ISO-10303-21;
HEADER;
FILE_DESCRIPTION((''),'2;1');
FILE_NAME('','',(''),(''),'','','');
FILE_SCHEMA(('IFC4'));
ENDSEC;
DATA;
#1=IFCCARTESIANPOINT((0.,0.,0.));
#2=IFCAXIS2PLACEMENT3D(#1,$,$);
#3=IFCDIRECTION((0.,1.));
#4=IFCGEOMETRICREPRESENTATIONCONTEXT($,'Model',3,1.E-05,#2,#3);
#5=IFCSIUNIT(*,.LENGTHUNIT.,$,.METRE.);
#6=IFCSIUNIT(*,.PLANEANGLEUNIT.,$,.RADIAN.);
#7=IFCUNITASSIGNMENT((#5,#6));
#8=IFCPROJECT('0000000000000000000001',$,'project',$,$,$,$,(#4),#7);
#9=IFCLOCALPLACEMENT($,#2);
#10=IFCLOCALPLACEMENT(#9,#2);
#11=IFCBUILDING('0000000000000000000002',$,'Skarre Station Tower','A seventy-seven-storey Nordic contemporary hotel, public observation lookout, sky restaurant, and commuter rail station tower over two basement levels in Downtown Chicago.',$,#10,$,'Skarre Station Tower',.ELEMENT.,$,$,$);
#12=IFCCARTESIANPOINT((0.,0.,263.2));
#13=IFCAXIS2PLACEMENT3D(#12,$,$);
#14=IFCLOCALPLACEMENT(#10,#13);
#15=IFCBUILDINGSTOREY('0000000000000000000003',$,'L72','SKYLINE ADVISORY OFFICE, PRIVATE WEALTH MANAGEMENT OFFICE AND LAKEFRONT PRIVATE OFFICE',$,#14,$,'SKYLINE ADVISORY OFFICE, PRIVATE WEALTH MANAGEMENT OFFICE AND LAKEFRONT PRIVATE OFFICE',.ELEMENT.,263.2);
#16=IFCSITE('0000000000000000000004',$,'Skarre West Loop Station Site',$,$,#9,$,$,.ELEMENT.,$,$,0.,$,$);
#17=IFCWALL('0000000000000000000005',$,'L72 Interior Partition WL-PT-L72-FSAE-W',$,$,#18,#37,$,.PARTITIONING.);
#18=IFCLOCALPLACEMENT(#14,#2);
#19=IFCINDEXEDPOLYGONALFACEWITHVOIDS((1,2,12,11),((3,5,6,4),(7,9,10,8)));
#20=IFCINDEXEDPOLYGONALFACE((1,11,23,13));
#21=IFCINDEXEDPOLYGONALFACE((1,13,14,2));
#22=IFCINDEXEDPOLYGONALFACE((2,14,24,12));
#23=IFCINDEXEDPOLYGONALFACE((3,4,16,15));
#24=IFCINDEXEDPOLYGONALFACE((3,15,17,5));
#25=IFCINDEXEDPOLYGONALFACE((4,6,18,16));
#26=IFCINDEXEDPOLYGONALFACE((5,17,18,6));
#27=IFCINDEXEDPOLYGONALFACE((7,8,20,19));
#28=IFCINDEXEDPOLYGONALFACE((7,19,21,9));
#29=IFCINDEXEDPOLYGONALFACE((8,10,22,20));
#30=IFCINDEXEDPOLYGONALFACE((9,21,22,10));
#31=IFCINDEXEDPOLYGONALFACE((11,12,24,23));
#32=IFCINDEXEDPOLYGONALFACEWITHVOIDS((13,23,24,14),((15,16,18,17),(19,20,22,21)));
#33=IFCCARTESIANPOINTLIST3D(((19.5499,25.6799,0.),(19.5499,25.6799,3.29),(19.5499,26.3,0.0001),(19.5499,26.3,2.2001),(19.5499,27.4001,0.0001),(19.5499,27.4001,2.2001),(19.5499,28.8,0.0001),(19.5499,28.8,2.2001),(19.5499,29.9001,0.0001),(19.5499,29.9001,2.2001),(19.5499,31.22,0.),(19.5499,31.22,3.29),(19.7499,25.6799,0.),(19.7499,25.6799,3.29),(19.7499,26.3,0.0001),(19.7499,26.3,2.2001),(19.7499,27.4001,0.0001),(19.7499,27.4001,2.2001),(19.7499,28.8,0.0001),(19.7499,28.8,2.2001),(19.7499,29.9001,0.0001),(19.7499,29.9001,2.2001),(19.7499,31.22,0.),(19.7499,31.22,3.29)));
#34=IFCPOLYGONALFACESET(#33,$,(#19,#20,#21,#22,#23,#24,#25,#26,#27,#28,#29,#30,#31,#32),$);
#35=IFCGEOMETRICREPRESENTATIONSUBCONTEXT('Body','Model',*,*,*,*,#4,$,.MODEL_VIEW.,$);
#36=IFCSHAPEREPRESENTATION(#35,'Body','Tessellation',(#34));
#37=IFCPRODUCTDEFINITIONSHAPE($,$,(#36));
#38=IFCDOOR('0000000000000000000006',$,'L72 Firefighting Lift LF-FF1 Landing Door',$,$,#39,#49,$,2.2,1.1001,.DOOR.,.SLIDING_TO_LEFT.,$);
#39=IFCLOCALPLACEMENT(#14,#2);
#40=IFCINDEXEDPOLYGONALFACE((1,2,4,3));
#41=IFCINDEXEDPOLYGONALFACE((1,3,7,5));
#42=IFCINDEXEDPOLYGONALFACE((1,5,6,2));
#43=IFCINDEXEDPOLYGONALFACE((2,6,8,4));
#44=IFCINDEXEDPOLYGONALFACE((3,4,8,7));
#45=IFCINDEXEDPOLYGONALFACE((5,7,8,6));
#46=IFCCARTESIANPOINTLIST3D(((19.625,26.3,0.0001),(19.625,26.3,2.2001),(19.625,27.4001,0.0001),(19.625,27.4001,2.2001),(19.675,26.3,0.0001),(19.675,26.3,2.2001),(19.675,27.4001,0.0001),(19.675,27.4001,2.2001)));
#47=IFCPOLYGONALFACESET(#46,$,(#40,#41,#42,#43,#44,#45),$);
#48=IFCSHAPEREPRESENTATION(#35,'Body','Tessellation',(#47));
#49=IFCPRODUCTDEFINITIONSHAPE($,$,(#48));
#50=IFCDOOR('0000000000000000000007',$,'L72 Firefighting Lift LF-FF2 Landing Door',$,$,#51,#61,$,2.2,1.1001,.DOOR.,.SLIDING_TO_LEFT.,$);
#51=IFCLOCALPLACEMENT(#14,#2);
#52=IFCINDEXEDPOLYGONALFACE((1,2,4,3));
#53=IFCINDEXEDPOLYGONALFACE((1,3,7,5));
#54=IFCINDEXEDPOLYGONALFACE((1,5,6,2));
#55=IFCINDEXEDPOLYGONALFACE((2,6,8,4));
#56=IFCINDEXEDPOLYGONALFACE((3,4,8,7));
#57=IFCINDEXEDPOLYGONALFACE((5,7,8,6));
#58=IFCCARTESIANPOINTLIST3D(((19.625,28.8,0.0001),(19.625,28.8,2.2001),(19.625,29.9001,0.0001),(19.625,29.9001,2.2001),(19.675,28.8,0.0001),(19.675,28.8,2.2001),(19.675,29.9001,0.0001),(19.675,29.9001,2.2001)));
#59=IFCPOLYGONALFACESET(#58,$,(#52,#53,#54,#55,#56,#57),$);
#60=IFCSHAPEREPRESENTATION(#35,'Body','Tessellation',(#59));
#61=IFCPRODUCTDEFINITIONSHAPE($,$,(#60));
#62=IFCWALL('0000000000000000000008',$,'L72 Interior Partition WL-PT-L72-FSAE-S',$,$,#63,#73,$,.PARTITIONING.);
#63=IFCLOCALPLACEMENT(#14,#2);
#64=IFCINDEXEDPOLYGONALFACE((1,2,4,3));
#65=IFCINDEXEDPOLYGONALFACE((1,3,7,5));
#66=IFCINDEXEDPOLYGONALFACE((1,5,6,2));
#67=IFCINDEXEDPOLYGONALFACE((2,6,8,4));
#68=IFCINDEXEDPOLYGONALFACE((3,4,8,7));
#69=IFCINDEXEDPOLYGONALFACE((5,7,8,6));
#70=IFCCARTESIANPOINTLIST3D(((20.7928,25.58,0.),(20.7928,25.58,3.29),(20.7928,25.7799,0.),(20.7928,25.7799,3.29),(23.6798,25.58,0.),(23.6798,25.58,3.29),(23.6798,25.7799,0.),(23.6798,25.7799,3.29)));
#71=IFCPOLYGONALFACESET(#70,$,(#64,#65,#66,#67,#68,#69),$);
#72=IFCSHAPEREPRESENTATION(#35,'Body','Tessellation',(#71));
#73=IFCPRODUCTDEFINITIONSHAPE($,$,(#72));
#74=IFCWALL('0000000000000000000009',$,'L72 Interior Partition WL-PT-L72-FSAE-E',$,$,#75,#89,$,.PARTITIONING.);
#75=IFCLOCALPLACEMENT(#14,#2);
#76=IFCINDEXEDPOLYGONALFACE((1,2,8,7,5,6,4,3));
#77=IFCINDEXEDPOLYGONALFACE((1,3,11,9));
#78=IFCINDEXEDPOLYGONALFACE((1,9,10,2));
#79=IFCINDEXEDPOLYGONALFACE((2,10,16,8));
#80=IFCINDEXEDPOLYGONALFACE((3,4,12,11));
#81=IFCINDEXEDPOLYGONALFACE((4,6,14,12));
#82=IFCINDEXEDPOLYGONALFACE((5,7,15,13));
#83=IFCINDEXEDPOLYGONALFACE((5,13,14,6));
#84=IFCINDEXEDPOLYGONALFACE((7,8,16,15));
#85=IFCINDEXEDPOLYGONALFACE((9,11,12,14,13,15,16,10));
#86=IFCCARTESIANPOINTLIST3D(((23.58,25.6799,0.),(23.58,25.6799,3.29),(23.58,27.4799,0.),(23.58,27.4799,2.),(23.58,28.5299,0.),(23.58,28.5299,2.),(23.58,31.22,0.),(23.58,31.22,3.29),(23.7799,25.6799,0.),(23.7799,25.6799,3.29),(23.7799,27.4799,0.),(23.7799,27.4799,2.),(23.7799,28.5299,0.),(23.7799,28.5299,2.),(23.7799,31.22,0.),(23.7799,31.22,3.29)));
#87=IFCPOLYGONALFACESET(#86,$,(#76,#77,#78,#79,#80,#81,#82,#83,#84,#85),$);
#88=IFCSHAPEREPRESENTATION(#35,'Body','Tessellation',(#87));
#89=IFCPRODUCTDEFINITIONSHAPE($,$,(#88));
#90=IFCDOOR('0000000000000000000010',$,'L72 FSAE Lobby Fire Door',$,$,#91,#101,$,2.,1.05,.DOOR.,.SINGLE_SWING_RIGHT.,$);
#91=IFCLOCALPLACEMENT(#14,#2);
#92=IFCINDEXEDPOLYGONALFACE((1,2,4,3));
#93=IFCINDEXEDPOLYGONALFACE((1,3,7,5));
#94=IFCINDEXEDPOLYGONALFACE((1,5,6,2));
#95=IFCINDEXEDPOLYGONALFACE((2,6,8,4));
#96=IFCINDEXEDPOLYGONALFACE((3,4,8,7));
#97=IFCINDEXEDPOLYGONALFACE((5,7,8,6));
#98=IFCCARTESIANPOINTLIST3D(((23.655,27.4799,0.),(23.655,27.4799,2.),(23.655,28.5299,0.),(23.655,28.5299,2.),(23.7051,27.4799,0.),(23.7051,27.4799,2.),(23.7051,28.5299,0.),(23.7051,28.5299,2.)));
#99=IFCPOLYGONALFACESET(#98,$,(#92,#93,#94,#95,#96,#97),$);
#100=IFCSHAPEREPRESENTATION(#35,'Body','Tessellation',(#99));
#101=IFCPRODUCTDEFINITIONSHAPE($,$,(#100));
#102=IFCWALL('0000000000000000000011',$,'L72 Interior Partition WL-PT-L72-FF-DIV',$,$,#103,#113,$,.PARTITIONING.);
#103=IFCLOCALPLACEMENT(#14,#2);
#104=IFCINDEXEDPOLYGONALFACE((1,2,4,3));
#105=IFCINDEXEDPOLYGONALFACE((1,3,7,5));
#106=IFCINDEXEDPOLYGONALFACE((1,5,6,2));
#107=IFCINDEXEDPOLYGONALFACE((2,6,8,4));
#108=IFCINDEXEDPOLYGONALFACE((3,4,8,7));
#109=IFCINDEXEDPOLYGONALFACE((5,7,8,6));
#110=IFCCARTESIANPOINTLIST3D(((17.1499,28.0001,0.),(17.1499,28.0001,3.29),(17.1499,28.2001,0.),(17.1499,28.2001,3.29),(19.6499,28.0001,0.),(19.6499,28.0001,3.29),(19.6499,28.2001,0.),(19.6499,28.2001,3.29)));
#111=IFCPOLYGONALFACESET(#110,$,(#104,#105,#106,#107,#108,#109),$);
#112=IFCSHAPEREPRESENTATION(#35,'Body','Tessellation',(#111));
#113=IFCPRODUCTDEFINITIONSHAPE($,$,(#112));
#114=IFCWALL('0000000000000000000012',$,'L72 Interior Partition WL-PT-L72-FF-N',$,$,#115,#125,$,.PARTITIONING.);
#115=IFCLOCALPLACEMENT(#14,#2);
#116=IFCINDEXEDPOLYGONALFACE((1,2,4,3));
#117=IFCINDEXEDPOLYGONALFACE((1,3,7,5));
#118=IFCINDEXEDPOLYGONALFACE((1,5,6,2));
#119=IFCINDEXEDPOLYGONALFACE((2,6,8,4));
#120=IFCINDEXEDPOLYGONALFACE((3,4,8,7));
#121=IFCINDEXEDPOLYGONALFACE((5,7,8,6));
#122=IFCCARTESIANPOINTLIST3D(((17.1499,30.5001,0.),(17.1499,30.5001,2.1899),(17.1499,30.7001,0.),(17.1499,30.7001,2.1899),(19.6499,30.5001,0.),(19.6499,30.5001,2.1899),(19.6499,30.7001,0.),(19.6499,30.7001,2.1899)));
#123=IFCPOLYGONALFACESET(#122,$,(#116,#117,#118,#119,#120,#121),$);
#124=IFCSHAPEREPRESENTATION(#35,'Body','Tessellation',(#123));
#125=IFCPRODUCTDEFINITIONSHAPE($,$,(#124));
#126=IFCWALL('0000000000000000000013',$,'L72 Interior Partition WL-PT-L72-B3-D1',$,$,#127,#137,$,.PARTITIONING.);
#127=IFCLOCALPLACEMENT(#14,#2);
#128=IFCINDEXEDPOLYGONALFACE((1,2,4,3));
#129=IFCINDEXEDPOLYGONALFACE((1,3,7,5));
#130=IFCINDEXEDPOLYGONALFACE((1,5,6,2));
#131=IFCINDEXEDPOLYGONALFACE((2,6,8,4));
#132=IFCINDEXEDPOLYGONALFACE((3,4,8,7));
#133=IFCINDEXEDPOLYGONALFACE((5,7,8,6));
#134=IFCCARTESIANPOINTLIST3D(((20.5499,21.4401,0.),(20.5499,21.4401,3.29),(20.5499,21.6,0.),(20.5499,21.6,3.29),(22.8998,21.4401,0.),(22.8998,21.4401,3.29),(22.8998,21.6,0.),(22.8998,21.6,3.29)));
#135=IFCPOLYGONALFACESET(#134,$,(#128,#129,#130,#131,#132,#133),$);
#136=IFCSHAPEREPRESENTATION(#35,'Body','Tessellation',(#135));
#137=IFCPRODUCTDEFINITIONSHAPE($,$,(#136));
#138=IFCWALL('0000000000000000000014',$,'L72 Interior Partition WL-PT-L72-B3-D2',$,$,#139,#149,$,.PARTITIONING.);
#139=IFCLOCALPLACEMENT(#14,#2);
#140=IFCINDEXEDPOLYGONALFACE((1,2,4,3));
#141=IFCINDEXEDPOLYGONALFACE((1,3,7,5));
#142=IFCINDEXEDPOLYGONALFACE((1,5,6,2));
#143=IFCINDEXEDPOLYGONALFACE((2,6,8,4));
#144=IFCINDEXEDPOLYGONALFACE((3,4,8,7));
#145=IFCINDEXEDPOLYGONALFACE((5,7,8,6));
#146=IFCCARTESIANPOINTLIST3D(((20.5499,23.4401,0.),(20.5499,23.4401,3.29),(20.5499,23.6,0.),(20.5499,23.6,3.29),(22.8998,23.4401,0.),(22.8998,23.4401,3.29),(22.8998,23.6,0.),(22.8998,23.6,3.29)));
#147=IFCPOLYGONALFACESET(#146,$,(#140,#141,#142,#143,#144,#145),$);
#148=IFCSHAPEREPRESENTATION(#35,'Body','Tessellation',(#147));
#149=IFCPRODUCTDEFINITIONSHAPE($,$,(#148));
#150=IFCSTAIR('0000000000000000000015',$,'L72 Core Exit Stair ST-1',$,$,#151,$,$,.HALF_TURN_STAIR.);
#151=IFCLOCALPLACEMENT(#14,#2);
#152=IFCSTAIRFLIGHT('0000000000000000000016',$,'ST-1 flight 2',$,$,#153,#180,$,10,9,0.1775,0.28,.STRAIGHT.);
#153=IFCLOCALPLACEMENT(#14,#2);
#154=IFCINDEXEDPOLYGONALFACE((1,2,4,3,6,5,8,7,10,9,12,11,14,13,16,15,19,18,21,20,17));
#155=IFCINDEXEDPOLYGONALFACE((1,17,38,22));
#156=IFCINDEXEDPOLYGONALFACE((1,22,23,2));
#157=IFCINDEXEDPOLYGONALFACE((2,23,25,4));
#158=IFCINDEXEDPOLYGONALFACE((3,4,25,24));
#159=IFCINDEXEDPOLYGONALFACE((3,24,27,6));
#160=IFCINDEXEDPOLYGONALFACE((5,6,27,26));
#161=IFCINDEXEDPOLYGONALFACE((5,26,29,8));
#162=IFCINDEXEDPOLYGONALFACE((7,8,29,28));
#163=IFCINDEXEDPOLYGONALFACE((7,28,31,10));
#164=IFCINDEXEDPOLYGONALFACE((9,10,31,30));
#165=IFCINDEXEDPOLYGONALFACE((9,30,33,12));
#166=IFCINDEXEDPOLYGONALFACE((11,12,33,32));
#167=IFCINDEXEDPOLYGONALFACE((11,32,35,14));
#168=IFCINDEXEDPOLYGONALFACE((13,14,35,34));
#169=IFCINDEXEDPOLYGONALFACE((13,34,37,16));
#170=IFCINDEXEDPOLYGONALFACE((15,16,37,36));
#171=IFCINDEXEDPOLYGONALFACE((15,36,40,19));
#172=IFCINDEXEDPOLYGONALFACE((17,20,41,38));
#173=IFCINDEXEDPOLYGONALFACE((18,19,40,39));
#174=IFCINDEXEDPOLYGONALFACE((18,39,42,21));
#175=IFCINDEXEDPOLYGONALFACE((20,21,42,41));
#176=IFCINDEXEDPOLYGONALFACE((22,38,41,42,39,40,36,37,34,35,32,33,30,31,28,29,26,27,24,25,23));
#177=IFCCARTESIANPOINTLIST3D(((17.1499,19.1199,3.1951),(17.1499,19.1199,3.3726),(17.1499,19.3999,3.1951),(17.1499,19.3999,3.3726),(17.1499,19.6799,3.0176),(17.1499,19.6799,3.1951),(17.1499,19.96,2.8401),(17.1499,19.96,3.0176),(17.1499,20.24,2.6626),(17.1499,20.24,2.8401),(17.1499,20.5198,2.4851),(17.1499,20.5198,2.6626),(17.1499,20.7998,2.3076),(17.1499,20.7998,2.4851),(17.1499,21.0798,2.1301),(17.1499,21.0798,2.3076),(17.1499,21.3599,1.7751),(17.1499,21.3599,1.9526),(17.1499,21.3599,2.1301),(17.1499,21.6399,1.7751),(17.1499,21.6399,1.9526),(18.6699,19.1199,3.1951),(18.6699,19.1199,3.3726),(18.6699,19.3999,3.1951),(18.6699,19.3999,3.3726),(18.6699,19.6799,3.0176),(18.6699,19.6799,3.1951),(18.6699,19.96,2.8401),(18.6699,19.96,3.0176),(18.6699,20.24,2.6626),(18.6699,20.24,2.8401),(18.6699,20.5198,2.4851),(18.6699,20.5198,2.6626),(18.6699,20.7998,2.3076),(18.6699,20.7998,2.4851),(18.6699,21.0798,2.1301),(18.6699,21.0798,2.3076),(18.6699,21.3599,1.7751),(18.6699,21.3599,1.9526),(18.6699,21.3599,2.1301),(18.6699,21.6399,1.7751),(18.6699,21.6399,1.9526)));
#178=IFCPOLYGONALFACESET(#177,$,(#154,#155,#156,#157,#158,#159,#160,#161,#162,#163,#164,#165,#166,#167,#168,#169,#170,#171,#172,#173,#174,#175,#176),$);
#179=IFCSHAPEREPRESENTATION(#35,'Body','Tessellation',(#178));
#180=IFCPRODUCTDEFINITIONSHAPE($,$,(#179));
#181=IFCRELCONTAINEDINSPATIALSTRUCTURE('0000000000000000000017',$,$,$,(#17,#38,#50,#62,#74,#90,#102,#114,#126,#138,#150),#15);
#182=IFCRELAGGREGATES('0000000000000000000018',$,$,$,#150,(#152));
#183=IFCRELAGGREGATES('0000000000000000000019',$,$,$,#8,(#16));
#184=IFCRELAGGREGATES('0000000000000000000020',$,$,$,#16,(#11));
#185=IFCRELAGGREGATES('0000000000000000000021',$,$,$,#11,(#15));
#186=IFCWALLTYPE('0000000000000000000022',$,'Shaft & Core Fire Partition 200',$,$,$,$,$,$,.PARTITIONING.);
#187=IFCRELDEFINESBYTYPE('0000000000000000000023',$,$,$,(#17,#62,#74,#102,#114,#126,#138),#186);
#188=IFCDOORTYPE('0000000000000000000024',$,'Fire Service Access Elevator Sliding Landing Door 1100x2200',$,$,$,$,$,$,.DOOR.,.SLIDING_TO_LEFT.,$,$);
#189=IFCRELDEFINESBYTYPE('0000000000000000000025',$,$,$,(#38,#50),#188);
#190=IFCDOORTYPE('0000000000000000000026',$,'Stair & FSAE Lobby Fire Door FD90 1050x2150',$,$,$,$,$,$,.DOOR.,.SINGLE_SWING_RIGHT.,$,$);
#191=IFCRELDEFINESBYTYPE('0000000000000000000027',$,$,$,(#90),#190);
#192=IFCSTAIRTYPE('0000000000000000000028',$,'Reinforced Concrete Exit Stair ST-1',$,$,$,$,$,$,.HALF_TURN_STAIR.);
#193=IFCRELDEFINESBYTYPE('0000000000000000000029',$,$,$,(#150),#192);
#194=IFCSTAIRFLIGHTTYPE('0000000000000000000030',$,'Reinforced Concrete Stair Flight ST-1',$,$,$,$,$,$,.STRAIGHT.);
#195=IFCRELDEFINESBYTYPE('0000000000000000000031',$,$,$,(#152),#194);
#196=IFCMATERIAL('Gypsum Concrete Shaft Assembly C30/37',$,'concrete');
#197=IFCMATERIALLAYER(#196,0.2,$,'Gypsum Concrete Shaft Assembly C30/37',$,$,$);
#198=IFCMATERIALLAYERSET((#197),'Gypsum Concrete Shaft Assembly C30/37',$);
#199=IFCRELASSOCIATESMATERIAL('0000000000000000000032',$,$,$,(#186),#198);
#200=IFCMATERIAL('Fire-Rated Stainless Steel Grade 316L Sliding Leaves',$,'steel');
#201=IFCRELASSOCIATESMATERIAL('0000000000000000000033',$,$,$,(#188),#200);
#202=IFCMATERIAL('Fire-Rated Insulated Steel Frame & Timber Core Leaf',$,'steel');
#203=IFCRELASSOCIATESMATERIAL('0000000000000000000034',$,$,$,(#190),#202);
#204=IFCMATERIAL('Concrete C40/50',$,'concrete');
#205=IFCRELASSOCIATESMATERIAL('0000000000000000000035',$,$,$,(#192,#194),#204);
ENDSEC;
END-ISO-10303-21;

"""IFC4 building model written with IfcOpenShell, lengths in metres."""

from ifc_helpers import new_model, si_unit, direction, frame, frame_2d, origin, place, context, subcontext, project, spatial, polyline, rectangle, outline, extrude, material, layer, layer_set, type_object, element, fill, aggregate, save


model = new_model("IFC4")

# Units and contexts
model_context = context("Model", 3, precision=1e-05, world=origin(), true_north=direction((0.0, 1.0)))
body_context = subcontext(model_context, "Body", "Model", "MODEL_VIEW")
ifc_project = project(units=[si_unit("LENGTHUNIT", "METRE"), si_unit("PLANEANGLEUNIT", "RADIAN")], contexts=[model_context])

# Site, building, storey
site_placement = place(None, origin())
site = spatial("IfcSite", under=ifc_project, at=site_placement, Name="Skarre West Loop Station Site", CompositionType="ELEMENT", RefElevation=0.0)
building_placement = place(site_placement, origin())
building = spatial("IfcBuilding", under=site, at=building_placement, Name="Skarre Station Tower", Description="A seventy-seven-storey Nordic contemporary hotel, public observation lookout, sky restaurant, and commuter rail station tower over two basement levels in Downtown Chicago.", LongName="Skarre Station Tower", CompositionType="ELEMENT")
storey_placement = place(building_placement, frame((0.0, 0.0, 263.2)))
storey = spatial("IfcBuildingStorey", under=building, at=storey_placement, Name="L72", Description="SKYLINE ADVISORY OFFICE, PRIVATE WEALTH MANAGEMENT OFFICE AND LAKEFRONT PRIVATE OFFICE", LongName="SKYLINE ADVISORY OFFICE, PRIVATE WEALTH MANAGEMENT OFFICE AND LAKEFRONT PRIVATE OFFICE", CompositionType="ELEMENT", Elevation=263.2)

# Wall, openings, doors
ifc_material_1 = material(Name="Gypsum Concrete Shaft Assembly C30/37", Category="concrete")
ifc_layer_1 = layer(ifc_material_1, 0.2, Name="Gypsum Concrete Shaft Assembly C30/37")
ifc_layer_set_1 = layer_set([ifc_layer_1], Name="Gypsum Concrete Shaft Assembly C30/37")
wall_type_1 = type_object("IfcWallType", Name="Shaft & Core Fire Partition 200", PredefinedType="PARTITIONING", material=ifc_layer_set_1)
wall_1_placement = place(storey_placement, frame((19.6499, 25.6799, 0.0), z_axis=(0.0, 0.0, 1.0), x_axis=(0.0, 1.0, 0.0)))
wall_1 = element("IfcWall", 1, at=wall_1_placement, inside=storey, type_object=wall_type_1, Name="L72 Interior Partition WL-PT-L72-FSAE-W", PredefinedType="PARTITIONING", context=body_context, shape_type="SweptSolid", body=[
    extrude(rectangle(XDim=5.54, YDim=0.2, at=frame_2d((2.77, 0.0))), origin(), (0.0, 0.0, 1.0), 3.29),
])
opening_1_placement = place(wall_1_placement, frame((0.6201, 0.0, 0.0)))
opening_1 = element("IfcOpeningElement", 2, at=opening_1_placement, cuts=wall_1, PredefinedType="OPENING", context=body_context, shape_type="SweptSolid", body=[
    extrude(rectangle(XDim=1.1001, YDim=2.2, at=frame_2d((0.55, 1.1001))), frame((0.0, 0.1099, 0.0), z_axis=(0.0, -1.0, 0.0), x_axis=(1.0, 0.0, 0.0)), (0.0, 0.0, 1.0), 0.22),
])
opening_2_placement = place(wall_1_placement, frame((3.1201, 0.0, 0.0)))
opening_2 = element("IfcOpeningElement", 3, at=opening_2_placement, cuts=wall_1, PredefinedType="OPENING", context=body_context, shape_type="SweptSolid", body=[
    extrude(rectangle(XDim=1.1001, YDim=2.2, at=frame_2d((0.55, 1.1001))), frame((0.0, 0.1099, 0.0), z_axis=(0.0, -1.0, 0.0), x_axis=(1.0, 0.0, 0.0)), (0.0, 0.0, 1.0), 0.22),
])
ifc_material_2 = material(Name="Fire-Rated Stainless Steel Grade 316L Sliding Leaves", Category="steel")
door_type_1 = type_object("IfcDoorType", Name="Fire Service Access Elevator Sliding Landing Door 1100x2200", OperationType="SLIDING_TO_LEFT", PredefinedType="DOOR", material=ifc_material_2)
door_1_placement = place(opening_1_placement, origin())
door_1 = element("IfcDoor", 4, at=door_1_placement, inside=storey, type_object=door_type_1, Name="L72 Firefighting Lift LF-FF1 Landing Door", OperationType="SLIDING_TO_LEFT", OverallHeight=2.2, OverallWidth=1.1001, PredefinedType="DOOR", context=body_context, shape_type="SweptSolid", body=[
    extrude(rectangle(XDim=1.1001, YDim=2.2, at=frame_2d((0.55, 1.1001))), frame((0.0, 0.0249, 0.0), z_axis=(0.0, -1.0, 0.0), x_axis=(1.0, 0.0, 0.0)), (0.0, 0.0, 1.0), 0.05),
])
fill(opening_1, door_1)
door_2_placement = place(opening_2_placement, origin())
door_2 = element("IfcDoor", 5, at=door_2_placement, inside=storey, type_object=door_type_1, Name="L72 Firefighting Lift LF-FF2 Landing Door", OperationType="SLIDING_TO_LEFT", OverallHeight=2.2, OverallWidth=1.1001, PredefinedType="DOOR", context=body_context, shape_type="SweptSolid", body=[
    extrude(rectangle(XDim=1.1001, YDim=2.2, at=frame_2d((0.55, 1.1001))), frame((0.0, 0.0249, 0.0), z_axis=(0.0, -1.0, 0.0), x_axis=(1.0, 0.0, 0.0)), (0.0, 0.0, 1.0), 0.05),
])
fill(opening_2, door_2)

# Wall
wall_2_placement = place(storey_placement, frame((20.793, 25.6799, 0.0), z_axis=(0.0, 0.0, 1.0), x_axis=(1.0, 0.0, 0.0)))
element("IfcWall", 6, at=wall_2_placement, inside=storey, type_object=wall_type_1, Name="L72 Interior Partition WL-PT-L72-FSAE-S", PredefinedType="PARTITIONING", context=body_context, shape_type="SweptSolid", body=[
    extrude(rectangle(XDim=2.887, YDim=0.2, at=frame_2d((1.4434, 0.0))), origin(), (0.0, 0.0, 1.0), 3.29),
])

# Wall, opening, door
wall_3_placement = place(storey_placement, frame((23.6799, 25.6799, 0.0), z_axis=(0.0, 0.0, 1.0), x_axis=(0.0, 1.0, 0.0)))
wall_3 = element("IfcWall", 7, at=wall_3_placement, inside=storey, type_object=wall_type_1, Name="L72 Interior Partition WL-PT-L72-FSAE-E", PredefinedType="PARTITIONING", context=body_context, shape_type="SweptSolid", body=[
    extrude(rectangle(XDim=5.54, YDim=0.2, at=frame_2d((2.77, 0.0))), origin(), (0.0, 0.0, 1.0), 3.29),
])
opening_3_placement = place(wall_3_placement, frame((1.8, 0.0, 0.0)))
opening_3 = element("IfcOpeningElement", 8, at=opening_3_placement, cuts=wall_3, PredefinedType="OPENING", context=body_context, shape_type="SweptSolid", body=[
    extrude(rectangle(XDim=1.05, YDim=2.0, at=frame_2d((0.5249, 1.0))), frame((0.0, 0.1099, 0.0), z_axis=(0.0, -1.0, 0.0), x_axis=(1.0, 0.0, 0.0)), (0.0, 0.0, 1.0), 0.22),
])
ifc_material_3 = material(Name="Fire-Rated Insulated Steel Frame & Timber Core Leaf", Category="steel")
door_type_2 = type_object("IfcDoorType", Name="Stair & FSAE Lobby Fire Door FD90 1050x2150", OperationType="SINGLE_SWING_RIGHT", PredefinedType="DOOR", material=ifc_material_3)
door_3_placement = place(opening_3_placement, origin())
door_3 = element("IfcDoor", 9, at=door_3_placement, inside=storey, type_object=door_type_2, Name="L72 FSAE Lobby Fire Door", OperationType="SINGLE_SWING_RIGHT", OverallHeight=2.0, OverallWidth=1.05, PredefinedType="DOOR", context=body_context, shape_type="SweptSolid", body=[
    extrude(rectangle(XDim=1.05, YDim=2.0, at=frame_2d((0.5249, 1.0))), frame((0.0, 0.0249, 0.0), z_axis=(0.0, -1.0, 0.0), x_axis=(1.0, 0.0, 0.0)), (0.0, 0.0, 1.0), 0.05),
])
fill(opening_3, door_3)

# Walls
wall_4_placement = place(storey_placement, frame((17.1499, 28.1001, 0.0), z_axis=(0.0, 0.0, 1.0), x_axis=(1.0, 0.0, 0.0)))
element("IfcWall", 10, at=wall_4_placement, inside=storey, type_object=wall_type_1, Name="L72 Interior Partition WL-PT-L72-FF-DIV", PredefinedType="PARTITIONING", context=body_context, shape_type="SweptSolid", body=[
    extrude(rectangle(XDim=2.5, YDim=0.2, at=frame_2d((1.25, 0.0))), origin(), (0.0, 0.0, 1.0), 3.29),
])
wall_5_placement = place(storey_placement, frame((19.6499, 30.6001, 0.0), z_axis=(0.0, 0.0, 1.0), x_axis=(-1.0, 0.0, 0.0)))
element("IfcWall", 11, at=wall_5_placement, inside=storey, type_object=wall_type_1, Name="L72 Interior Partition WL-PT-L72-FF-N", PredefinedType="PARTITIONING", context=body_context, shape_type="SweptSolid", body=[
    extrude(rectangle(XDim=2.5, YDim=0.2, at=frame_2d((1.25, 0.0))), origin(), (0.0, 0.0, 1.0), 2.1899),
])
for number, where, z_axis, x_axis, name in (
    (12, (20.55, 21.52, 0.0), (0.0, 0.0, 1.0), (1.0, 0.0, 0.0), "L72 Interior Partition WL-PT-L72-B3-D1"),
    (13, (20.55, 23.52, 0.0), (0.0, 0.0, 1.0), (1.0, 0.0, 0.0), "L72 Interior Partition WL-PT-L72-B3-D2"),
):
    element("IfcWall", number, at=place(storey_placement, frame(where, z_axis=z_axis, x_axis=x_axis)), inside=storey, type_object=wall_type_1, Name=name, PredefinedType="PARTITIONING", context=body_context, shape_type="SweptSolid", body=[
        extrude(rectangle(XDim=2.3499, YDim=0.1599, at=frame_2d((1.1748, 0.0))), origin(), (0.0, 0.0, 1.0), 3.29),
    ])

# Stair, stair flight
ifc_material_4 = material(Name="Concrete C40/50", Category="concrete")
stair_type = type_object("IfcStairType", Name="Reinforced Concrete Exit Stair ST-1", PredefinedType="HALF_TURN_STAIR", material=ifc_material_4)
stair_placement = place(storey_placement, origin())
stair = element("IfcStair", 14, at=stair_placement, inside=storey, type_object=stair_type, Name="L72 Core Exit Stair ST-1", PredefinedType="HALF_TURN_STAIR")
stair_flight_type = type_object("IfcStairFlightType", Name="Reinforced Concrete Stair Flight ST-1", PredefinedType="STRAIGHT", material=ifc_material_4)
stair_flight_placement = place(storey_placement, frame((17.9099, 21.6399, 1.7751), z_axis=(0.0, 0.0, 1.0), x_axis=(0.0, -1.0, 0.0)))
stair_flight = element("IfcStairFlight", 15, at=stair_flight_placement, type_object=stair_flight_type, Name="ST-1 flight 2", NumberOfRisers=10, NumberOfTreads=9, PredefinedType="STRAIGHT", RiserHeight=0.1775, TreadLength=0.28, context=body_context, shape_type="SweptSolid", body=[
    extrude(outline(polyline([(0.0, 0.0), (0.0, 0.1775), (0.28, 0.1775), (0.28, 0.355), (0.5601, 0.355), (0.5601, 0.5325), (0.8401, 0.5325), (0.8401, 0.71), (1.1201, 0.71), (1.1201, 0.8875), (1.3999, 0.8875), (1.3999, 1.0649), (1.6799, 1.0649), (1.6799, 1.2424), (1.96, 1.2424), (1.96, 1.4199), (2.24, 1.4199), (2.24, 1.5974), (2.52, 1.5974), (2.52, 1.7749), (2.52, 1.4199), (0.28, 0.0), (0.0, 0.0)])), frame((0.0, 0.76, 0.0), z_axis=(0.0, -1.0, 0.0), x_axis=(1.0, 0.0, 0.0)), (0.0, 0.0, 1.0), 1.52),
])
aggregate(stair, [stair_flight])

save(model, "model.ifc")
